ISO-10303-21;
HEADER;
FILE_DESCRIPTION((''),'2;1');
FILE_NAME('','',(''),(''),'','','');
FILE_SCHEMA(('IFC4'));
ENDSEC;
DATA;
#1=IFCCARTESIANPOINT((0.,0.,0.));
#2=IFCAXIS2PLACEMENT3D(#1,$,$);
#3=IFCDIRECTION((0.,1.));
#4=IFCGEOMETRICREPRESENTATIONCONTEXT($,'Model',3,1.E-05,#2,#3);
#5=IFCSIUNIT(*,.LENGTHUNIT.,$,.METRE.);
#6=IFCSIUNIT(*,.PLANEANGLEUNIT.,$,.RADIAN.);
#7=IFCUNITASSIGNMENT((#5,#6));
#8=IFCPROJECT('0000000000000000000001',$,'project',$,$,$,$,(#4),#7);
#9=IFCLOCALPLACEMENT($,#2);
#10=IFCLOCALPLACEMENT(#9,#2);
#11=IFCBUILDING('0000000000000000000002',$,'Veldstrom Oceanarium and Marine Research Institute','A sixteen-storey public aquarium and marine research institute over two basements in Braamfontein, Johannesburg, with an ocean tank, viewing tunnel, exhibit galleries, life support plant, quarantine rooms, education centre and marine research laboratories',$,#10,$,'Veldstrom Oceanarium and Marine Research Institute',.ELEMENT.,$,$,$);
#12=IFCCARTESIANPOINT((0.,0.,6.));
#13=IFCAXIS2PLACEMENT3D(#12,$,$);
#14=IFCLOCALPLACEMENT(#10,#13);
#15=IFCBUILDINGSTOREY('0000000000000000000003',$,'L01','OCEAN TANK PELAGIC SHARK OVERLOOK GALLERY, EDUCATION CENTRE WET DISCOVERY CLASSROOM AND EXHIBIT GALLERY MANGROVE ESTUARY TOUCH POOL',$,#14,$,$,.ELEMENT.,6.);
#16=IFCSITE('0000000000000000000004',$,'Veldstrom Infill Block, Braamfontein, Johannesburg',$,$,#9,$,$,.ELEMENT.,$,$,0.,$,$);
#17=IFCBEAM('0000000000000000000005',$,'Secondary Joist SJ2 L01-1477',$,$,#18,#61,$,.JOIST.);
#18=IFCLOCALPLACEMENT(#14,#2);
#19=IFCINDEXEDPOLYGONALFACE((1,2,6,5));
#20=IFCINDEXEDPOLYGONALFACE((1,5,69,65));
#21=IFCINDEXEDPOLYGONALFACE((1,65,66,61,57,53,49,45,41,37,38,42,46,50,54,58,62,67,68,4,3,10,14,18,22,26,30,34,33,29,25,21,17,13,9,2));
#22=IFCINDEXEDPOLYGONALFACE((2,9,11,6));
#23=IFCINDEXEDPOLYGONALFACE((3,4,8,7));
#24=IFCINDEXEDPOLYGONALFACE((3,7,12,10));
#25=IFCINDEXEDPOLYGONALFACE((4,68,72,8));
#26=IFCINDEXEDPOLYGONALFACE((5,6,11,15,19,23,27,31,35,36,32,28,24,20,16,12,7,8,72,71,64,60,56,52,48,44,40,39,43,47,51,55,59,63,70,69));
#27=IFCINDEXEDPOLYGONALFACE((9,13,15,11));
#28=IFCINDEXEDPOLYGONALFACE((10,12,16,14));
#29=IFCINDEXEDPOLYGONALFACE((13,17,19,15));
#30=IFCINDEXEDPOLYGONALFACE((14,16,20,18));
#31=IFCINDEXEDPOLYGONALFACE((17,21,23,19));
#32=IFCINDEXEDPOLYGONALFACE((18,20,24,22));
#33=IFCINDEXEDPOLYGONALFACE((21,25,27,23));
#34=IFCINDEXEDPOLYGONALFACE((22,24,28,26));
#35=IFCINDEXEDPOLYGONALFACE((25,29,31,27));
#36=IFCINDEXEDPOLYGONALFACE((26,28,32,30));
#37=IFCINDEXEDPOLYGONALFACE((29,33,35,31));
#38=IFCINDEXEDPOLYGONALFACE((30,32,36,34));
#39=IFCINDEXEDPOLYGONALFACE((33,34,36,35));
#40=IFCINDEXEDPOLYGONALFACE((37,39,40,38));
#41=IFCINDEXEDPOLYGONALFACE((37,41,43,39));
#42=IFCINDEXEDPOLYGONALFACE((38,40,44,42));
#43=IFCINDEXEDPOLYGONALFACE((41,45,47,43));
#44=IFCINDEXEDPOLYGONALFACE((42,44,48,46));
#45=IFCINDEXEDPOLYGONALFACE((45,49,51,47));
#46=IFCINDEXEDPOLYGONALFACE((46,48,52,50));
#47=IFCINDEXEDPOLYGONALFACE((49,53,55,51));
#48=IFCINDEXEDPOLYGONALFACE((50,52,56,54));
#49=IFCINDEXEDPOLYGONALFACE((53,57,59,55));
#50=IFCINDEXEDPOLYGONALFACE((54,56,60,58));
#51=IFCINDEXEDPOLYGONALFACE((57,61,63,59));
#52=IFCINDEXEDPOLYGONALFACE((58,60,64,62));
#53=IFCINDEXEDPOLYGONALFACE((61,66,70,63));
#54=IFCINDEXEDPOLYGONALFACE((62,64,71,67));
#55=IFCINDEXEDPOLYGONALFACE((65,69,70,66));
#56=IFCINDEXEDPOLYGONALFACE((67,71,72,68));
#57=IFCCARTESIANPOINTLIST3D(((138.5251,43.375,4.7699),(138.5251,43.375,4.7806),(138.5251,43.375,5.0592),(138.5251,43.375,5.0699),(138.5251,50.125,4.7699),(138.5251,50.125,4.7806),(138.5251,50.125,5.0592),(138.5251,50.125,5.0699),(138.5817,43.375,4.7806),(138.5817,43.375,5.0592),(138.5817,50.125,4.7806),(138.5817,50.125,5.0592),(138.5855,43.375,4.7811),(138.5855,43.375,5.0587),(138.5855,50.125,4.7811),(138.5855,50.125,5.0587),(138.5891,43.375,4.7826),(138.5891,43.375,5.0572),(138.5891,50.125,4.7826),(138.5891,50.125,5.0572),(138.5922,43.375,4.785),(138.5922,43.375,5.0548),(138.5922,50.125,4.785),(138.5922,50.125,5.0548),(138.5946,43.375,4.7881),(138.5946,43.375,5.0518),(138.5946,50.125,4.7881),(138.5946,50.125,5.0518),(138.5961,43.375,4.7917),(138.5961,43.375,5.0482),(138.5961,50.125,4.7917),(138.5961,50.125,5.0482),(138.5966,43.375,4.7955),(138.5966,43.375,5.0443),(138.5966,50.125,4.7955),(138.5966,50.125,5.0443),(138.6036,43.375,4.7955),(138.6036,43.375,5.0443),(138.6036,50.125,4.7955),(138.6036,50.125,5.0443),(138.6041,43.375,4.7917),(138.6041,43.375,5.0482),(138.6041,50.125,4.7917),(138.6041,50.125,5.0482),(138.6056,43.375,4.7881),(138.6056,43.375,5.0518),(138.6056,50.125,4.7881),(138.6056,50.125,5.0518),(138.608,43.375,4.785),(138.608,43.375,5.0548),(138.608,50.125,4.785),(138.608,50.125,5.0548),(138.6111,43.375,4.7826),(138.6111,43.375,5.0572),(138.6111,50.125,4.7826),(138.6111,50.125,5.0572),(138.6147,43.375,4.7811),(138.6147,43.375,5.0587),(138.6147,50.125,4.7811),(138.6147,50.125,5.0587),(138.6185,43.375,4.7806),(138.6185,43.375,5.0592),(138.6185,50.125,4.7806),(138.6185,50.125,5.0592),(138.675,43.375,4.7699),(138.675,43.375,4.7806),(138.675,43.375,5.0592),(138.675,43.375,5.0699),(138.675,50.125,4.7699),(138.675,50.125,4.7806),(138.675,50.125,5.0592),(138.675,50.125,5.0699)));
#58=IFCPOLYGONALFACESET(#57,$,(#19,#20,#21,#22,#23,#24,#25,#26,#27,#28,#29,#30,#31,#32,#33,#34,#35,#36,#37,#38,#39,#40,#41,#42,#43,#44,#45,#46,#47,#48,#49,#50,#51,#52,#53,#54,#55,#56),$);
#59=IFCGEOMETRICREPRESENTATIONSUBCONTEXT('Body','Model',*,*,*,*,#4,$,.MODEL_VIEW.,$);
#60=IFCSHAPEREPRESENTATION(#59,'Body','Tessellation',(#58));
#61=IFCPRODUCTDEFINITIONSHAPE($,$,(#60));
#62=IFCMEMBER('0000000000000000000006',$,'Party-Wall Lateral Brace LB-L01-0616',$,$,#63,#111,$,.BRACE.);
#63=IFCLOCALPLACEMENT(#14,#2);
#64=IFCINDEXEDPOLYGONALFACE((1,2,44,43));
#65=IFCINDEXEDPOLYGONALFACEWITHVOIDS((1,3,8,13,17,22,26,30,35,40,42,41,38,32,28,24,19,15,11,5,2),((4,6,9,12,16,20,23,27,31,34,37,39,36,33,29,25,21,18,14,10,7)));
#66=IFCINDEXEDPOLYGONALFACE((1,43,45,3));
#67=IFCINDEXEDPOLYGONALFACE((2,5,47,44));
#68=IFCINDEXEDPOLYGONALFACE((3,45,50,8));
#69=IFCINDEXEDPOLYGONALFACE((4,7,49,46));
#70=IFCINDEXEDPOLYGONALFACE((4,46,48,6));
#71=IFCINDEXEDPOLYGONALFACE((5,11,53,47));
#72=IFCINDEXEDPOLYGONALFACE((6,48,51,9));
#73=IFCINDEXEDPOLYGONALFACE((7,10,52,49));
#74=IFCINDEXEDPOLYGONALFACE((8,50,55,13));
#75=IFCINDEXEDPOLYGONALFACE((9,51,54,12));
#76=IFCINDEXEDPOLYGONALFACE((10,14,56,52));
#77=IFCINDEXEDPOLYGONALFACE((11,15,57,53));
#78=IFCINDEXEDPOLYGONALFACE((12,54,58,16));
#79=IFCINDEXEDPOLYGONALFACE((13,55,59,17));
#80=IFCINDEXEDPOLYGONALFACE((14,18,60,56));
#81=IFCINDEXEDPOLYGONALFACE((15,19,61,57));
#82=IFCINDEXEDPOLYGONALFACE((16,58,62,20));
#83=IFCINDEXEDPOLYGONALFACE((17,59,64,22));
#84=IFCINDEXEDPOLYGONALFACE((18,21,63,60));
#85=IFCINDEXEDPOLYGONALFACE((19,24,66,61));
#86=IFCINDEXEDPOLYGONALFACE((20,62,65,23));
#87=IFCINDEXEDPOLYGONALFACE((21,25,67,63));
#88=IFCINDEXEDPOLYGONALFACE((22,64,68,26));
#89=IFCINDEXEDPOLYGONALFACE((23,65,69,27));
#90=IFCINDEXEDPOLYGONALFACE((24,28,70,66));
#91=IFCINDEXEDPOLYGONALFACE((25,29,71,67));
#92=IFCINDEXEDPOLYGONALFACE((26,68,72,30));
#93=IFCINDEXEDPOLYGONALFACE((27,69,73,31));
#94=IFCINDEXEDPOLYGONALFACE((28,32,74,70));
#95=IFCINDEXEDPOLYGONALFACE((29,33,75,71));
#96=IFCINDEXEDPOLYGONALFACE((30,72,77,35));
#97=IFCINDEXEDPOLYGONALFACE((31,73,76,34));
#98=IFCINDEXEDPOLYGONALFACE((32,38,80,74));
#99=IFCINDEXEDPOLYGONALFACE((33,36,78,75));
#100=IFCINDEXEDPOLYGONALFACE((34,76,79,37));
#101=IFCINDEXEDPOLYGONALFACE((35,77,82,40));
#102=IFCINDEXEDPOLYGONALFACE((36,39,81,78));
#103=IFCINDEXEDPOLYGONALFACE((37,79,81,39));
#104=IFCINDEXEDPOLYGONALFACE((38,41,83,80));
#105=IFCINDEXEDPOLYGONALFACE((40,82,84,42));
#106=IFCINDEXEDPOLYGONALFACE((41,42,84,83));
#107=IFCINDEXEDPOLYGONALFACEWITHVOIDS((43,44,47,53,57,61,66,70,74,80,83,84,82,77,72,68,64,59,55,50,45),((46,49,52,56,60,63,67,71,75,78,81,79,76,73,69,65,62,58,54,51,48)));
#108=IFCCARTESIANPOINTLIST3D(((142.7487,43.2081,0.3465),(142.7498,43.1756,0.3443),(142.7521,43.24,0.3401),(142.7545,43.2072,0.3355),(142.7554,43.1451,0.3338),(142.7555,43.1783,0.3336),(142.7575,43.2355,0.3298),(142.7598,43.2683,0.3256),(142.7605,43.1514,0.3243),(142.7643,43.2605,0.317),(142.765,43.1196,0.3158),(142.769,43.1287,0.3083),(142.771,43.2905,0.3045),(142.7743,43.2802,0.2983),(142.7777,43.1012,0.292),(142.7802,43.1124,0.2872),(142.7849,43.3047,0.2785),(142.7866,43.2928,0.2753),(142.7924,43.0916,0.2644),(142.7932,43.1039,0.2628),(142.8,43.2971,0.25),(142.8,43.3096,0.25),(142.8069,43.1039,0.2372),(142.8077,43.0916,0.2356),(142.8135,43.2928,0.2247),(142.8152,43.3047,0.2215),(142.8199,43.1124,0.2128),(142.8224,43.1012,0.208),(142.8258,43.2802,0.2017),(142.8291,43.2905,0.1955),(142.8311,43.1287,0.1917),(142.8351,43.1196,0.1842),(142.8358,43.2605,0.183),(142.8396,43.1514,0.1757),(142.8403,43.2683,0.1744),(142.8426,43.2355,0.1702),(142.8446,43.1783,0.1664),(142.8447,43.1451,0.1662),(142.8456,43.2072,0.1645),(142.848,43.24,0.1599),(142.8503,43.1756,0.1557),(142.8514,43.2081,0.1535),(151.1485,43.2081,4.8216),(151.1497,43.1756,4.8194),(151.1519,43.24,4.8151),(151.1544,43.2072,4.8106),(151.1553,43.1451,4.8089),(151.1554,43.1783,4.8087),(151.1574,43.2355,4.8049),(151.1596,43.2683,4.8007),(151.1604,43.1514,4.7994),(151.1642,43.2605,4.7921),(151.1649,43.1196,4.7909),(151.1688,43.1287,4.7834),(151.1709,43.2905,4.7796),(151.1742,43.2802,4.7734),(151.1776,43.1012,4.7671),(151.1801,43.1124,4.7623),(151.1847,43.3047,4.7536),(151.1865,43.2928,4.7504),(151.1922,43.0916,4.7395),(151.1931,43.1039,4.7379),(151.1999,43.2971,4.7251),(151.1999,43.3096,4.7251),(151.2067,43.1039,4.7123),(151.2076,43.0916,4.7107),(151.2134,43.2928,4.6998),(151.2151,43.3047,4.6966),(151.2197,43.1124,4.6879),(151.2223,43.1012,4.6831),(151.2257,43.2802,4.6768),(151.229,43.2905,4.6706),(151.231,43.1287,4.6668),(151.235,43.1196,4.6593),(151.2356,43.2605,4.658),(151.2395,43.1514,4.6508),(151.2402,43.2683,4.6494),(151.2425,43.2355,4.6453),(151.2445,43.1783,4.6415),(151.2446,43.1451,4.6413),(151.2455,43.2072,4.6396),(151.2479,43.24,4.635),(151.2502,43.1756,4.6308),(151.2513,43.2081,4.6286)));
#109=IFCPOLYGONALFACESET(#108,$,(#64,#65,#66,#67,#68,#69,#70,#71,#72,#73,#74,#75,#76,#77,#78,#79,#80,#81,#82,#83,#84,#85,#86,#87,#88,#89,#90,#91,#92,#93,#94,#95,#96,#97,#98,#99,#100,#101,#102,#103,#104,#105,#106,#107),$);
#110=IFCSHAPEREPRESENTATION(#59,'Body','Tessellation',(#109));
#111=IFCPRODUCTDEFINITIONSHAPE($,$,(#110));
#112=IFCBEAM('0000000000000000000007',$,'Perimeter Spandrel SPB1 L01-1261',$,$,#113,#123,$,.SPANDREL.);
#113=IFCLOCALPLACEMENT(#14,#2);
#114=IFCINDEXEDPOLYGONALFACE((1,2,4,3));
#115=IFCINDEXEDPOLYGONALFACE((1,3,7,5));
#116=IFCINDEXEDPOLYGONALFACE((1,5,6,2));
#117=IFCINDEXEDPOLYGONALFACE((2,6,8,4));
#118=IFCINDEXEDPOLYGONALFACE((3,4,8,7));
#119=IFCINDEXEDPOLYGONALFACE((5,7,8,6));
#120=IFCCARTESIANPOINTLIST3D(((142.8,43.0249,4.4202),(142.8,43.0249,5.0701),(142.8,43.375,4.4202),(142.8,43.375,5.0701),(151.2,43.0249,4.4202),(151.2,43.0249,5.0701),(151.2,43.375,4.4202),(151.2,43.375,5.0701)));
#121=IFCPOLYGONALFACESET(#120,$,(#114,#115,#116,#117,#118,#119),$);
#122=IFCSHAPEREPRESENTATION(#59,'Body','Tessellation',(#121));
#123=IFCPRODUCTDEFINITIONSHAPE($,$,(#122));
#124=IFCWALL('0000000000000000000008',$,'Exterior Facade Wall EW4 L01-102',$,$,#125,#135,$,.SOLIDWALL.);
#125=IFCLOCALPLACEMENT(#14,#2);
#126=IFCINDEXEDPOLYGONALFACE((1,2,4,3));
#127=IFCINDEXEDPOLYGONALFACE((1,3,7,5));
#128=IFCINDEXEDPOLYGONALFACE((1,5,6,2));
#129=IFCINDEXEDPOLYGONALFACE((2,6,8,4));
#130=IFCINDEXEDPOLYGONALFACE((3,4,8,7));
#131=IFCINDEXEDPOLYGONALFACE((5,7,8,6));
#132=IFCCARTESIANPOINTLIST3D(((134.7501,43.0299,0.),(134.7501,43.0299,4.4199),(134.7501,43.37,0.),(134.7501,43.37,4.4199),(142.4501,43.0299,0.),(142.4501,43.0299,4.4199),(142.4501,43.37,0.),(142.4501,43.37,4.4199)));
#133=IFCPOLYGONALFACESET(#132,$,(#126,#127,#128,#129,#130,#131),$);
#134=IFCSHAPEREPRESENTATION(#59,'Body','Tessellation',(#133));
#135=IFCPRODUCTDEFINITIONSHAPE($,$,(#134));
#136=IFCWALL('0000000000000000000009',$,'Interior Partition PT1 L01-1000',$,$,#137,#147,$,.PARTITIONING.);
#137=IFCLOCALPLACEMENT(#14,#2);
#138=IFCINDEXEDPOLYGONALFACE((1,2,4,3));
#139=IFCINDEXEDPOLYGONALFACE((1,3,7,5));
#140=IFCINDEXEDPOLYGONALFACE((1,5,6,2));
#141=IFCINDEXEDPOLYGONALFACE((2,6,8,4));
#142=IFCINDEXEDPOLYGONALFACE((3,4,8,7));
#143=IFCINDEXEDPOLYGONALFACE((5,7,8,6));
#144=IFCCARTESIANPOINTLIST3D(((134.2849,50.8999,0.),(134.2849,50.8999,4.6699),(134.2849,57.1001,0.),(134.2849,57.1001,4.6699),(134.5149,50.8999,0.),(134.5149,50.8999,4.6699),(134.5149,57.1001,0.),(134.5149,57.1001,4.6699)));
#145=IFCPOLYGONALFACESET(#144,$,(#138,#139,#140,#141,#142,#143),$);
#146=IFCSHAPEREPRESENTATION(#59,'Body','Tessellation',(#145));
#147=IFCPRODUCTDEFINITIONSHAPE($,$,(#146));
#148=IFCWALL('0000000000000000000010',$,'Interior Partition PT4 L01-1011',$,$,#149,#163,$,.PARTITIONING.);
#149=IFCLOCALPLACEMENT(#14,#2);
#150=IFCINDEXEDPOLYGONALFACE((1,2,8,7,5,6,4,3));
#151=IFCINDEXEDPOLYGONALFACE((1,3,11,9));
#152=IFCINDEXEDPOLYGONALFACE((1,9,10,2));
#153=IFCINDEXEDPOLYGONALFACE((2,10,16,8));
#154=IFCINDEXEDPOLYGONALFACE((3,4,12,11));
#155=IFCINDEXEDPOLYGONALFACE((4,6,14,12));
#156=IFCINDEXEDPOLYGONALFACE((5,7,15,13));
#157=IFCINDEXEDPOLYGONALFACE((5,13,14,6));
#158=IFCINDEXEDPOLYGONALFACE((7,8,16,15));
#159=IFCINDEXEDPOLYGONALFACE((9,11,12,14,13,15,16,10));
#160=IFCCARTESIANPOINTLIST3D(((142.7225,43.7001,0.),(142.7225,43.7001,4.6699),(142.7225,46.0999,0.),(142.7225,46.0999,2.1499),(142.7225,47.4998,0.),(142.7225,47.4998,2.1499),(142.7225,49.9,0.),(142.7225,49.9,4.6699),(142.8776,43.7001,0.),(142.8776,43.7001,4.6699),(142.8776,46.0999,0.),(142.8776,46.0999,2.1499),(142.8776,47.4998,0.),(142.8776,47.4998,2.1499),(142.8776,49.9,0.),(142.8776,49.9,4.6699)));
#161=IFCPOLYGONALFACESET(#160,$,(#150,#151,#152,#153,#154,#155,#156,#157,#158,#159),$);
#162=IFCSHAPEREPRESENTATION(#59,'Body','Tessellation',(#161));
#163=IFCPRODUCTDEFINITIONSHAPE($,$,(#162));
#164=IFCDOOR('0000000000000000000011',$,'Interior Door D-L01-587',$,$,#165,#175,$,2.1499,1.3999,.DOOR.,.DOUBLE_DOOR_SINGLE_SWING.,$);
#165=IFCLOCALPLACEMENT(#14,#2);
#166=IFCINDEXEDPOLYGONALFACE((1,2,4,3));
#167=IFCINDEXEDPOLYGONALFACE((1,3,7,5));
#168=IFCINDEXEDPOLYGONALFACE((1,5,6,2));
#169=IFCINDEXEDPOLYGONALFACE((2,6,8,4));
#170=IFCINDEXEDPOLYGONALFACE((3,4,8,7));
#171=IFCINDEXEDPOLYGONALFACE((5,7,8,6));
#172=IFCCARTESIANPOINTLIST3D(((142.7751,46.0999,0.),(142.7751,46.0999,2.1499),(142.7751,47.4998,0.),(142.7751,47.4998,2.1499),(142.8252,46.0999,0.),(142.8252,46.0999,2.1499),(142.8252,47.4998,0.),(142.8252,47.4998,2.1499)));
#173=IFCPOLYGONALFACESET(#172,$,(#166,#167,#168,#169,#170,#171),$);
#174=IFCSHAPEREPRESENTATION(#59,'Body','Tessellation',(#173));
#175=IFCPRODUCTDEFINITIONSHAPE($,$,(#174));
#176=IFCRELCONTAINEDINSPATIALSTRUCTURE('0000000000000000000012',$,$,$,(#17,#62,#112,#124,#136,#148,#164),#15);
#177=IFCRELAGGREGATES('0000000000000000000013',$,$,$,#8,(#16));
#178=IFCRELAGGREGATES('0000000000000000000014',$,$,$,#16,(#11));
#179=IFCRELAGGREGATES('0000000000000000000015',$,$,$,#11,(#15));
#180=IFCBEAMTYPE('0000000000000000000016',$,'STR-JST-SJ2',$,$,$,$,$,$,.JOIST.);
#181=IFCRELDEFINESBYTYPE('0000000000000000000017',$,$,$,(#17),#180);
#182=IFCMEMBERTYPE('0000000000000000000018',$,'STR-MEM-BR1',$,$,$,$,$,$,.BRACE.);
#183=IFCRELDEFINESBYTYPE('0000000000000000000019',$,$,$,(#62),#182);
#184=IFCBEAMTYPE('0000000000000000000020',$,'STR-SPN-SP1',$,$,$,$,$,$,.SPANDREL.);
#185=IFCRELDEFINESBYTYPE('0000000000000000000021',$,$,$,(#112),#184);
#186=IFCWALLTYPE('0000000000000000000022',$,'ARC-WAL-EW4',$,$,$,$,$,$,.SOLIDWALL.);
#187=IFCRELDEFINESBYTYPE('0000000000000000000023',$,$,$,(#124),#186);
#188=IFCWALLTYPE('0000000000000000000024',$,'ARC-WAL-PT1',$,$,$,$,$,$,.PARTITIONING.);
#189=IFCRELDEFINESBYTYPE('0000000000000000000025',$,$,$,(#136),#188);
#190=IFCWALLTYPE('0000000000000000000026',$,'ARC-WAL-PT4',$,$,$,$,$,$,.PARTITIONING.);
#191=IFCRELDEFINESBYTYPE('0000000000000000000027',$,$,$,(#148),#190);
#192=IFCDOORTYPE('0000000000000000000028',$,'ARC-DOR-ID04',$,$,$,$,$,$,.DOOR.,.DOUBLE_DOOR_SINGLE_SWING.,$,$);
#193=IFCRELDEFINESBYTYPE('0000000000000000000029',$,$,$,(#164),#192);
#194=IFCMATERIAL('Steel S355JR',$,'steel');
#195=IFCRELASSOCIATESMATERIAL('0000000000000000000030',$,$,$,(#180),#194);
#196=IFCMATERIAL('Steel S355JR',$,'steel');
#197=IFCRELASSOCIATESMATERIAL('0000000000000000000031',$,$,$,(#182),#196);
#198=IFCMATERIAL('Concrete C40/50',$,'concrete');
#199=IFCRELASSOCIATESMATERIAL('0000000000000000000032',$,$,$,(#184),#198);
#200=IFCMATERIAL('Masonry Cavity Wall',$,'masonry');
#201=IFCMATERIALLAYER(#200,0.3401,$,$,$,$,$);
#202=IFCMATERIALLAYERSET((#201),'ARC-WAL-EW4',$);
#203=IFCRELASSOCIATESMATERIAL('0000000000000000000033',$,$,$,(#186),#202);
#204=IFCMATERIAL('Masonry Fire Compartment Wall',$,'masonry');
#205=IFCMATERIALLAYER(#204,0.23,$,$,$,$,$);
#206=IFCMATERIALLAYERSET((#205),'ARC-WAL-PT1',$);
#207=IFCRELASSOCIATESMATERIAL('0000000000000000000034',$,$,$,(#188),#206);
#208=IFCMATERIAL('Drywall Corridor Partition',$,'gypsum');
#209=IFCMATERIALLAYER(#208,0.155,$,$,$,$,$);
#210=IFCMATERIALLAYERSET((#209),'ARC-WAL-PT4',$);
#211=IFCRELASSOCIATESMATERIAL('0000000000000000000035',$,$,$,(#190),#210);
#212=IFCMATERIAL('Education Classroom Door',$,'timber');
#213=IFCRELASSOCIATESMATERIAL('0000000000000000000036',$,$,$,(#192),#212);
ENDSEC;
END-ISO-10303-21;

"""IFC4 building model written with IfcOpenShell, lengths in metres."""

from ifc_helpers import new_model, si_unit, direction, frame, frame_2d, origin, origin_2d, place, context, subcontext, project, spatial, rectangle, hollow_circle, i_section, extrude, material, layer, layer_set, material_profile, profile_set, type_object, element, fill, save


model = new_model("IFC4")

# Units and contexts
model_context = context("Model", 3, precision=1e-05, world=origin(), true_north=direction((0.0, 1.0)))
body_context = subcontext(model_context, "Body", "Model", "MODEL_VIEW")
ifc_project = project(units=[si_unit("LENGTHUNIT", "METRE"), si_unit("PLANEANGLEUNIT", "RADIAN")], contexts=[model_context])

# Site, building, storey
site_placement = place(None, origin())
site = spatial("IfcSite", under=ifc_project, at=site_placement, Name="Veldstrom Infill Block, Braamfontein, Johannesburg", CompositionType="ELEMENT", RefElevation=0.0)
building_placement = place(site_placement, origin())
building = spatial("IfcBuilding", under=site, at=building_placement, Name="Veldstrom Oceanarium and Marine Research Institute", Description="A sixteen-storey public aquarium and marine research institute over two basements in Braamfontein, Johannesburg, with an ocean tank, viewing tunnel, exhibit galleries, life support plant, quarantine rooms, education centre and marine research laboratories", LongName="Veldstrom Oceanarium and Marine Research Institute", CompositionType="ELEMENT")
storey_placement = place(building_placement, frame((0.0, 0.0, 6.0)))
storey = spatial("IfcBuildingStorey", under=building, at=storey_placement, Name="L01", Description="OCEAN TANK PELAGIC SHARK OVERLOOK GALLERY, EDUCATION CENTRE WET DISCOVERY CLASSROOM AND EXHIBIT GALLERY MANGROVE ESTUARY TOUCH POOL", CompositionType="ELEMENT", Elevation=6.0)

# Beam
ifc_material_1 = material(Name="Steel S355JR", Category="steel")
ifc_material_profile_1 = material_profile(ifc_material_1, i_section(OverallWidth=0.1499, OverallDepth=0.3, WebThickness=0.0071, FlangeThickness=0.0107, FilletRadius=0.0149, at=origin_2d()), Name="IPE 300")
ifc_profile_set_1 = profile_set([ifc_material_profile_1], Name="Steel S355JR")
beam_type_1 = type_object("IfcBeamType", Name="STR-JST-SJ2", PredefinedType="JOIST", material=ifc_profile_set_1)
beam_1_placement = place(storey_placement, frame((138.6001, 43.375, 4.9199), z_axis=(0.0, 1.0, 0.0), x_axis=(-1.0, 0.0, 0.0)))
element("IfcBeam", 1, at=beam_1_placement, inside=storey, type_object=beam_type_1, Name="Secondary Joist SJ2 L01-1477", PredefinedType="JOIST", context=body_context, shape_type="SweptSolid", body=[
    extrude(i_section(OverallWidth=0.1499, OverallDepth=0.3, WebThickness=0.0071, FlangeThickness=0.0107, FilletRadius=0.0149, at=origin_2d()), origin(), (0.0, 0.0, 1.0), 6.75),
])

# Member
ifc_material_2 = material(Name="Steel S355JR", Category="steel")
ifc_material_profile_2 = material_profile(ifc_material_2, hollow_circle(Radius=0.1096, WallThickness=0.0125, at=origin_2d()), Name="CHS 219.1x12.5")
ifc_profile_set_2 = profile_set([ifc_material_profile_2], Name="Steel S355JR")
member_type = type_object("IfcMemberType", Name="STR-MEM-BR1", PredefinedType="BRACE", material=ifc_profile_set_2)
member_placement = place(storey_placement, frame((142.8, 43.2, 0.25), z_axis=(0.882564, 0.0, 0.470191), x_axis=(0.0, 1.0, 0.0)))
element("IfcMember", 2, at=member_placement, inside=storey, type_object=member_type, Name="Party-Wall Lateral Brace LB-L01-0616", PredefinedType="BRACE", context=body_context, shape_type="SweptSolid", body=[
    extrude(hollow_circle(Radius=0.1096, WallThickness=0.0125, at=origin_2d()), origin(), (0.0, 0.0, 1.0), 9.5176),
])

# Beam
ifc_material_3 = material(Name="Concrete C40/50", Category="concrete")
ifc_material_profile_3 = material_profile(ifc_material_3, rectangle(XDim=0.3501, YDim=0.6499, at=origin_2d()), Name="RC-SPN-350x650")
ifc_profile_set_3 = profile_set([ifc_material_profile_3], Name="Concrete C40/50")
beam_type_2 = type_object("IfcBeamType", Name="STR-SPN-SP1", PredefinedType="SPANDREL", material=ifc_profile_set_3)
beam_2_placement = place(storey_placement, frame((142.8, 43.2, 4.7451), z_axis=(1.0, 0.0, 0.0), x_axis=(0.0, 1.0, 0.0)))
element("IfcBeam", 3, at=beam_2_placement, inside=storey, type_object=beam_type_2, Name="Perimeter Spandrel SPB1 L01-1261", PredefinedType="SPANDREL", context=body_context, shape_type="SweptSolid", body=[
    extrude(rectangle(XDim=0.3501, YDim=0.6499, at=origin_2d()), origin(), (0.0, 0.0, 1.0), 8.3999),
])

# Walls
ifc_material_4 = material(Name="Masonry Cavity Wall", Category="masonry")
ifc_layer_1 = layer(ifc_material_4, 0.3401)
ifc_layer_set_1 = layer_set([ifc_layer_1], Name="ARC-WAL-EW4")
wall_type_1 = type_object("IfcWallType", Name="ARC-WAL-EW4", PredefinedType="SOLIDWALL", material=ifc_layer_set_1)
wall_1_placement = place(storey_placement, frame((134.75, 43.2, 0.0), z_axis=(0.0, 0.0, 1.0), x_axis=(1.0, 0.0, 0.0)))
element("IfcWall", 4, at=wall_1_placement, inside=storey, type_object=wall_type_1, Name="Exterior Facade Wall EW4 L01-102", PredefinedType="SOLIDWALL", context=body_context, shape_type="SweptSolid", body=[
    extrude(rectangle(XDim=7.7, YDim=0.3401, at=frame_2d((3.8501, 0.0))), origin(), (0.0, 0.0, 1.0), 4.4199),
])
ifc_material_5 = material(Name="Masonry Fire Compartment Wall", Category="masonry")
ifc_layer_2 = layer(ifc_material_5, 0.23)
ifc_layer_set_2 = layer_set([ifc_layer_2], Name="ARC-WAL-PT1")
wall_type_2 = type_object("IfcWallType", Name="ARC-WAL-PT1", PredefinedType="PARTITIONING", material=ifc_layer_set_2)
wall_2_placement = place(storey_placement, frame((134.3999, 50.8999, 0.0), z_axis=(0.0, 0.0, 1.0), x_axis=(0.0, 1.0, 0.0)))
element("IfcWall", 5, at=wall_2_placement, inside=storey, type_object=wall_type_2, Name="Interior Partition PT1 L01-1000", PredefinedType="PARTITIONING", context=body_context, shape_type="SweptSolid", body=[
    extrude(rectangle(XDim=6.2002, YDim=0.23, at=frame_2d((3.1001, 0.0))), origin(), (0.0, 0.0, 1.0), 4.6699),
])

# Wall, opening, door
ifc_material_6 = material(Name="Drywall Corridor Partition", Category="gypsum")
ifc_layer_3 = layer(ifc_material_6, 0.155)
ifc_layer_set_3 = layer_set([ifc_layer_3], Name="ARC-WAL-PT4")
wall_type_3 = type_object("IfcWallType", Name="ARC-WAL-PT4", PredefinedType="PARTITIONING", material=ifc_layer_set_3)
wall_3_placement = place(storey_placement, frame((142.8, 43.7, 0.0), z_axis=(0.0, 0.0, 1.0), x_axis=(0.0, 1.0, 0.0)))
wall_3 = element("IfcWall", 6, at=wall_3_placement, inside=storey, type_object=wall_type_3, Name="Interior Partition PT4 L01-1011", PredefinedType="PARTITIONING", context=body_context, shape_type="SweptSolid", body=[
    extrude(rectangle(XDim=6.2, YDim=0.155, at=frame_2d((3.1001, 0.0))), origin(), (0.0, 0.0, 1.0), 4.6699),
])
opening_placement = place(wall_3_placement, frame((2.3999, 0.0, 0.0)))
opening = element("IfcOpeningElement", 7, at=opening_placement, cuts=wall_3, PredefinedType="OPENING", context=body_context, shape_type="SweptSolid", body=[
    extrude(rectangle(XDim=1.3999, YDim=2.1499, at=frame_2d((0.7, 1.075))), frame((0.0, 0.0874, 0.0), z_axis=(0.0, -1.0, 0.0), x_axis=(1.0, 0.0, 0.0)), (0.0, 0.0, 1.0), 0.175),
])
ifc_material_7 = material(Name="Education Classroom Door", Category="timber")
door_type = type_object("IfcDoorType", Name="ARC-DOR-ID04", OperationType="DOUBLE_DOOR_SINGLE_SWING", PredefinedType="DOOR", material=ifc_material_7)
door_placement = place(opening_placement, origin())
door = element("IfcDoor", 8, at=door_placement, inside=storey, type_object=door_type, Name="Interior Door D-L01-587", OperationType="DOUBLE_DOOR_SINGLE_SWING", OverallHeight=2.1499, OverallWidth=1.3999, PredefinedType="DOOR", context=body_context, shape_type="SweptSolid", body=[
    extrude(rectangle(XDim=1.3999, YDim=2.1499, at=frame_2d((0.7, 1.075))), frame((0.0, 0.0249, 0.0), z_axis=(0.0, -1.0, 0.0), x_axis=(1.0, 0.0, 0.0)), (0.0, 0.0, 1.0), 0.05),
])
fill(opening, door)

save(model, "model.ifc")
